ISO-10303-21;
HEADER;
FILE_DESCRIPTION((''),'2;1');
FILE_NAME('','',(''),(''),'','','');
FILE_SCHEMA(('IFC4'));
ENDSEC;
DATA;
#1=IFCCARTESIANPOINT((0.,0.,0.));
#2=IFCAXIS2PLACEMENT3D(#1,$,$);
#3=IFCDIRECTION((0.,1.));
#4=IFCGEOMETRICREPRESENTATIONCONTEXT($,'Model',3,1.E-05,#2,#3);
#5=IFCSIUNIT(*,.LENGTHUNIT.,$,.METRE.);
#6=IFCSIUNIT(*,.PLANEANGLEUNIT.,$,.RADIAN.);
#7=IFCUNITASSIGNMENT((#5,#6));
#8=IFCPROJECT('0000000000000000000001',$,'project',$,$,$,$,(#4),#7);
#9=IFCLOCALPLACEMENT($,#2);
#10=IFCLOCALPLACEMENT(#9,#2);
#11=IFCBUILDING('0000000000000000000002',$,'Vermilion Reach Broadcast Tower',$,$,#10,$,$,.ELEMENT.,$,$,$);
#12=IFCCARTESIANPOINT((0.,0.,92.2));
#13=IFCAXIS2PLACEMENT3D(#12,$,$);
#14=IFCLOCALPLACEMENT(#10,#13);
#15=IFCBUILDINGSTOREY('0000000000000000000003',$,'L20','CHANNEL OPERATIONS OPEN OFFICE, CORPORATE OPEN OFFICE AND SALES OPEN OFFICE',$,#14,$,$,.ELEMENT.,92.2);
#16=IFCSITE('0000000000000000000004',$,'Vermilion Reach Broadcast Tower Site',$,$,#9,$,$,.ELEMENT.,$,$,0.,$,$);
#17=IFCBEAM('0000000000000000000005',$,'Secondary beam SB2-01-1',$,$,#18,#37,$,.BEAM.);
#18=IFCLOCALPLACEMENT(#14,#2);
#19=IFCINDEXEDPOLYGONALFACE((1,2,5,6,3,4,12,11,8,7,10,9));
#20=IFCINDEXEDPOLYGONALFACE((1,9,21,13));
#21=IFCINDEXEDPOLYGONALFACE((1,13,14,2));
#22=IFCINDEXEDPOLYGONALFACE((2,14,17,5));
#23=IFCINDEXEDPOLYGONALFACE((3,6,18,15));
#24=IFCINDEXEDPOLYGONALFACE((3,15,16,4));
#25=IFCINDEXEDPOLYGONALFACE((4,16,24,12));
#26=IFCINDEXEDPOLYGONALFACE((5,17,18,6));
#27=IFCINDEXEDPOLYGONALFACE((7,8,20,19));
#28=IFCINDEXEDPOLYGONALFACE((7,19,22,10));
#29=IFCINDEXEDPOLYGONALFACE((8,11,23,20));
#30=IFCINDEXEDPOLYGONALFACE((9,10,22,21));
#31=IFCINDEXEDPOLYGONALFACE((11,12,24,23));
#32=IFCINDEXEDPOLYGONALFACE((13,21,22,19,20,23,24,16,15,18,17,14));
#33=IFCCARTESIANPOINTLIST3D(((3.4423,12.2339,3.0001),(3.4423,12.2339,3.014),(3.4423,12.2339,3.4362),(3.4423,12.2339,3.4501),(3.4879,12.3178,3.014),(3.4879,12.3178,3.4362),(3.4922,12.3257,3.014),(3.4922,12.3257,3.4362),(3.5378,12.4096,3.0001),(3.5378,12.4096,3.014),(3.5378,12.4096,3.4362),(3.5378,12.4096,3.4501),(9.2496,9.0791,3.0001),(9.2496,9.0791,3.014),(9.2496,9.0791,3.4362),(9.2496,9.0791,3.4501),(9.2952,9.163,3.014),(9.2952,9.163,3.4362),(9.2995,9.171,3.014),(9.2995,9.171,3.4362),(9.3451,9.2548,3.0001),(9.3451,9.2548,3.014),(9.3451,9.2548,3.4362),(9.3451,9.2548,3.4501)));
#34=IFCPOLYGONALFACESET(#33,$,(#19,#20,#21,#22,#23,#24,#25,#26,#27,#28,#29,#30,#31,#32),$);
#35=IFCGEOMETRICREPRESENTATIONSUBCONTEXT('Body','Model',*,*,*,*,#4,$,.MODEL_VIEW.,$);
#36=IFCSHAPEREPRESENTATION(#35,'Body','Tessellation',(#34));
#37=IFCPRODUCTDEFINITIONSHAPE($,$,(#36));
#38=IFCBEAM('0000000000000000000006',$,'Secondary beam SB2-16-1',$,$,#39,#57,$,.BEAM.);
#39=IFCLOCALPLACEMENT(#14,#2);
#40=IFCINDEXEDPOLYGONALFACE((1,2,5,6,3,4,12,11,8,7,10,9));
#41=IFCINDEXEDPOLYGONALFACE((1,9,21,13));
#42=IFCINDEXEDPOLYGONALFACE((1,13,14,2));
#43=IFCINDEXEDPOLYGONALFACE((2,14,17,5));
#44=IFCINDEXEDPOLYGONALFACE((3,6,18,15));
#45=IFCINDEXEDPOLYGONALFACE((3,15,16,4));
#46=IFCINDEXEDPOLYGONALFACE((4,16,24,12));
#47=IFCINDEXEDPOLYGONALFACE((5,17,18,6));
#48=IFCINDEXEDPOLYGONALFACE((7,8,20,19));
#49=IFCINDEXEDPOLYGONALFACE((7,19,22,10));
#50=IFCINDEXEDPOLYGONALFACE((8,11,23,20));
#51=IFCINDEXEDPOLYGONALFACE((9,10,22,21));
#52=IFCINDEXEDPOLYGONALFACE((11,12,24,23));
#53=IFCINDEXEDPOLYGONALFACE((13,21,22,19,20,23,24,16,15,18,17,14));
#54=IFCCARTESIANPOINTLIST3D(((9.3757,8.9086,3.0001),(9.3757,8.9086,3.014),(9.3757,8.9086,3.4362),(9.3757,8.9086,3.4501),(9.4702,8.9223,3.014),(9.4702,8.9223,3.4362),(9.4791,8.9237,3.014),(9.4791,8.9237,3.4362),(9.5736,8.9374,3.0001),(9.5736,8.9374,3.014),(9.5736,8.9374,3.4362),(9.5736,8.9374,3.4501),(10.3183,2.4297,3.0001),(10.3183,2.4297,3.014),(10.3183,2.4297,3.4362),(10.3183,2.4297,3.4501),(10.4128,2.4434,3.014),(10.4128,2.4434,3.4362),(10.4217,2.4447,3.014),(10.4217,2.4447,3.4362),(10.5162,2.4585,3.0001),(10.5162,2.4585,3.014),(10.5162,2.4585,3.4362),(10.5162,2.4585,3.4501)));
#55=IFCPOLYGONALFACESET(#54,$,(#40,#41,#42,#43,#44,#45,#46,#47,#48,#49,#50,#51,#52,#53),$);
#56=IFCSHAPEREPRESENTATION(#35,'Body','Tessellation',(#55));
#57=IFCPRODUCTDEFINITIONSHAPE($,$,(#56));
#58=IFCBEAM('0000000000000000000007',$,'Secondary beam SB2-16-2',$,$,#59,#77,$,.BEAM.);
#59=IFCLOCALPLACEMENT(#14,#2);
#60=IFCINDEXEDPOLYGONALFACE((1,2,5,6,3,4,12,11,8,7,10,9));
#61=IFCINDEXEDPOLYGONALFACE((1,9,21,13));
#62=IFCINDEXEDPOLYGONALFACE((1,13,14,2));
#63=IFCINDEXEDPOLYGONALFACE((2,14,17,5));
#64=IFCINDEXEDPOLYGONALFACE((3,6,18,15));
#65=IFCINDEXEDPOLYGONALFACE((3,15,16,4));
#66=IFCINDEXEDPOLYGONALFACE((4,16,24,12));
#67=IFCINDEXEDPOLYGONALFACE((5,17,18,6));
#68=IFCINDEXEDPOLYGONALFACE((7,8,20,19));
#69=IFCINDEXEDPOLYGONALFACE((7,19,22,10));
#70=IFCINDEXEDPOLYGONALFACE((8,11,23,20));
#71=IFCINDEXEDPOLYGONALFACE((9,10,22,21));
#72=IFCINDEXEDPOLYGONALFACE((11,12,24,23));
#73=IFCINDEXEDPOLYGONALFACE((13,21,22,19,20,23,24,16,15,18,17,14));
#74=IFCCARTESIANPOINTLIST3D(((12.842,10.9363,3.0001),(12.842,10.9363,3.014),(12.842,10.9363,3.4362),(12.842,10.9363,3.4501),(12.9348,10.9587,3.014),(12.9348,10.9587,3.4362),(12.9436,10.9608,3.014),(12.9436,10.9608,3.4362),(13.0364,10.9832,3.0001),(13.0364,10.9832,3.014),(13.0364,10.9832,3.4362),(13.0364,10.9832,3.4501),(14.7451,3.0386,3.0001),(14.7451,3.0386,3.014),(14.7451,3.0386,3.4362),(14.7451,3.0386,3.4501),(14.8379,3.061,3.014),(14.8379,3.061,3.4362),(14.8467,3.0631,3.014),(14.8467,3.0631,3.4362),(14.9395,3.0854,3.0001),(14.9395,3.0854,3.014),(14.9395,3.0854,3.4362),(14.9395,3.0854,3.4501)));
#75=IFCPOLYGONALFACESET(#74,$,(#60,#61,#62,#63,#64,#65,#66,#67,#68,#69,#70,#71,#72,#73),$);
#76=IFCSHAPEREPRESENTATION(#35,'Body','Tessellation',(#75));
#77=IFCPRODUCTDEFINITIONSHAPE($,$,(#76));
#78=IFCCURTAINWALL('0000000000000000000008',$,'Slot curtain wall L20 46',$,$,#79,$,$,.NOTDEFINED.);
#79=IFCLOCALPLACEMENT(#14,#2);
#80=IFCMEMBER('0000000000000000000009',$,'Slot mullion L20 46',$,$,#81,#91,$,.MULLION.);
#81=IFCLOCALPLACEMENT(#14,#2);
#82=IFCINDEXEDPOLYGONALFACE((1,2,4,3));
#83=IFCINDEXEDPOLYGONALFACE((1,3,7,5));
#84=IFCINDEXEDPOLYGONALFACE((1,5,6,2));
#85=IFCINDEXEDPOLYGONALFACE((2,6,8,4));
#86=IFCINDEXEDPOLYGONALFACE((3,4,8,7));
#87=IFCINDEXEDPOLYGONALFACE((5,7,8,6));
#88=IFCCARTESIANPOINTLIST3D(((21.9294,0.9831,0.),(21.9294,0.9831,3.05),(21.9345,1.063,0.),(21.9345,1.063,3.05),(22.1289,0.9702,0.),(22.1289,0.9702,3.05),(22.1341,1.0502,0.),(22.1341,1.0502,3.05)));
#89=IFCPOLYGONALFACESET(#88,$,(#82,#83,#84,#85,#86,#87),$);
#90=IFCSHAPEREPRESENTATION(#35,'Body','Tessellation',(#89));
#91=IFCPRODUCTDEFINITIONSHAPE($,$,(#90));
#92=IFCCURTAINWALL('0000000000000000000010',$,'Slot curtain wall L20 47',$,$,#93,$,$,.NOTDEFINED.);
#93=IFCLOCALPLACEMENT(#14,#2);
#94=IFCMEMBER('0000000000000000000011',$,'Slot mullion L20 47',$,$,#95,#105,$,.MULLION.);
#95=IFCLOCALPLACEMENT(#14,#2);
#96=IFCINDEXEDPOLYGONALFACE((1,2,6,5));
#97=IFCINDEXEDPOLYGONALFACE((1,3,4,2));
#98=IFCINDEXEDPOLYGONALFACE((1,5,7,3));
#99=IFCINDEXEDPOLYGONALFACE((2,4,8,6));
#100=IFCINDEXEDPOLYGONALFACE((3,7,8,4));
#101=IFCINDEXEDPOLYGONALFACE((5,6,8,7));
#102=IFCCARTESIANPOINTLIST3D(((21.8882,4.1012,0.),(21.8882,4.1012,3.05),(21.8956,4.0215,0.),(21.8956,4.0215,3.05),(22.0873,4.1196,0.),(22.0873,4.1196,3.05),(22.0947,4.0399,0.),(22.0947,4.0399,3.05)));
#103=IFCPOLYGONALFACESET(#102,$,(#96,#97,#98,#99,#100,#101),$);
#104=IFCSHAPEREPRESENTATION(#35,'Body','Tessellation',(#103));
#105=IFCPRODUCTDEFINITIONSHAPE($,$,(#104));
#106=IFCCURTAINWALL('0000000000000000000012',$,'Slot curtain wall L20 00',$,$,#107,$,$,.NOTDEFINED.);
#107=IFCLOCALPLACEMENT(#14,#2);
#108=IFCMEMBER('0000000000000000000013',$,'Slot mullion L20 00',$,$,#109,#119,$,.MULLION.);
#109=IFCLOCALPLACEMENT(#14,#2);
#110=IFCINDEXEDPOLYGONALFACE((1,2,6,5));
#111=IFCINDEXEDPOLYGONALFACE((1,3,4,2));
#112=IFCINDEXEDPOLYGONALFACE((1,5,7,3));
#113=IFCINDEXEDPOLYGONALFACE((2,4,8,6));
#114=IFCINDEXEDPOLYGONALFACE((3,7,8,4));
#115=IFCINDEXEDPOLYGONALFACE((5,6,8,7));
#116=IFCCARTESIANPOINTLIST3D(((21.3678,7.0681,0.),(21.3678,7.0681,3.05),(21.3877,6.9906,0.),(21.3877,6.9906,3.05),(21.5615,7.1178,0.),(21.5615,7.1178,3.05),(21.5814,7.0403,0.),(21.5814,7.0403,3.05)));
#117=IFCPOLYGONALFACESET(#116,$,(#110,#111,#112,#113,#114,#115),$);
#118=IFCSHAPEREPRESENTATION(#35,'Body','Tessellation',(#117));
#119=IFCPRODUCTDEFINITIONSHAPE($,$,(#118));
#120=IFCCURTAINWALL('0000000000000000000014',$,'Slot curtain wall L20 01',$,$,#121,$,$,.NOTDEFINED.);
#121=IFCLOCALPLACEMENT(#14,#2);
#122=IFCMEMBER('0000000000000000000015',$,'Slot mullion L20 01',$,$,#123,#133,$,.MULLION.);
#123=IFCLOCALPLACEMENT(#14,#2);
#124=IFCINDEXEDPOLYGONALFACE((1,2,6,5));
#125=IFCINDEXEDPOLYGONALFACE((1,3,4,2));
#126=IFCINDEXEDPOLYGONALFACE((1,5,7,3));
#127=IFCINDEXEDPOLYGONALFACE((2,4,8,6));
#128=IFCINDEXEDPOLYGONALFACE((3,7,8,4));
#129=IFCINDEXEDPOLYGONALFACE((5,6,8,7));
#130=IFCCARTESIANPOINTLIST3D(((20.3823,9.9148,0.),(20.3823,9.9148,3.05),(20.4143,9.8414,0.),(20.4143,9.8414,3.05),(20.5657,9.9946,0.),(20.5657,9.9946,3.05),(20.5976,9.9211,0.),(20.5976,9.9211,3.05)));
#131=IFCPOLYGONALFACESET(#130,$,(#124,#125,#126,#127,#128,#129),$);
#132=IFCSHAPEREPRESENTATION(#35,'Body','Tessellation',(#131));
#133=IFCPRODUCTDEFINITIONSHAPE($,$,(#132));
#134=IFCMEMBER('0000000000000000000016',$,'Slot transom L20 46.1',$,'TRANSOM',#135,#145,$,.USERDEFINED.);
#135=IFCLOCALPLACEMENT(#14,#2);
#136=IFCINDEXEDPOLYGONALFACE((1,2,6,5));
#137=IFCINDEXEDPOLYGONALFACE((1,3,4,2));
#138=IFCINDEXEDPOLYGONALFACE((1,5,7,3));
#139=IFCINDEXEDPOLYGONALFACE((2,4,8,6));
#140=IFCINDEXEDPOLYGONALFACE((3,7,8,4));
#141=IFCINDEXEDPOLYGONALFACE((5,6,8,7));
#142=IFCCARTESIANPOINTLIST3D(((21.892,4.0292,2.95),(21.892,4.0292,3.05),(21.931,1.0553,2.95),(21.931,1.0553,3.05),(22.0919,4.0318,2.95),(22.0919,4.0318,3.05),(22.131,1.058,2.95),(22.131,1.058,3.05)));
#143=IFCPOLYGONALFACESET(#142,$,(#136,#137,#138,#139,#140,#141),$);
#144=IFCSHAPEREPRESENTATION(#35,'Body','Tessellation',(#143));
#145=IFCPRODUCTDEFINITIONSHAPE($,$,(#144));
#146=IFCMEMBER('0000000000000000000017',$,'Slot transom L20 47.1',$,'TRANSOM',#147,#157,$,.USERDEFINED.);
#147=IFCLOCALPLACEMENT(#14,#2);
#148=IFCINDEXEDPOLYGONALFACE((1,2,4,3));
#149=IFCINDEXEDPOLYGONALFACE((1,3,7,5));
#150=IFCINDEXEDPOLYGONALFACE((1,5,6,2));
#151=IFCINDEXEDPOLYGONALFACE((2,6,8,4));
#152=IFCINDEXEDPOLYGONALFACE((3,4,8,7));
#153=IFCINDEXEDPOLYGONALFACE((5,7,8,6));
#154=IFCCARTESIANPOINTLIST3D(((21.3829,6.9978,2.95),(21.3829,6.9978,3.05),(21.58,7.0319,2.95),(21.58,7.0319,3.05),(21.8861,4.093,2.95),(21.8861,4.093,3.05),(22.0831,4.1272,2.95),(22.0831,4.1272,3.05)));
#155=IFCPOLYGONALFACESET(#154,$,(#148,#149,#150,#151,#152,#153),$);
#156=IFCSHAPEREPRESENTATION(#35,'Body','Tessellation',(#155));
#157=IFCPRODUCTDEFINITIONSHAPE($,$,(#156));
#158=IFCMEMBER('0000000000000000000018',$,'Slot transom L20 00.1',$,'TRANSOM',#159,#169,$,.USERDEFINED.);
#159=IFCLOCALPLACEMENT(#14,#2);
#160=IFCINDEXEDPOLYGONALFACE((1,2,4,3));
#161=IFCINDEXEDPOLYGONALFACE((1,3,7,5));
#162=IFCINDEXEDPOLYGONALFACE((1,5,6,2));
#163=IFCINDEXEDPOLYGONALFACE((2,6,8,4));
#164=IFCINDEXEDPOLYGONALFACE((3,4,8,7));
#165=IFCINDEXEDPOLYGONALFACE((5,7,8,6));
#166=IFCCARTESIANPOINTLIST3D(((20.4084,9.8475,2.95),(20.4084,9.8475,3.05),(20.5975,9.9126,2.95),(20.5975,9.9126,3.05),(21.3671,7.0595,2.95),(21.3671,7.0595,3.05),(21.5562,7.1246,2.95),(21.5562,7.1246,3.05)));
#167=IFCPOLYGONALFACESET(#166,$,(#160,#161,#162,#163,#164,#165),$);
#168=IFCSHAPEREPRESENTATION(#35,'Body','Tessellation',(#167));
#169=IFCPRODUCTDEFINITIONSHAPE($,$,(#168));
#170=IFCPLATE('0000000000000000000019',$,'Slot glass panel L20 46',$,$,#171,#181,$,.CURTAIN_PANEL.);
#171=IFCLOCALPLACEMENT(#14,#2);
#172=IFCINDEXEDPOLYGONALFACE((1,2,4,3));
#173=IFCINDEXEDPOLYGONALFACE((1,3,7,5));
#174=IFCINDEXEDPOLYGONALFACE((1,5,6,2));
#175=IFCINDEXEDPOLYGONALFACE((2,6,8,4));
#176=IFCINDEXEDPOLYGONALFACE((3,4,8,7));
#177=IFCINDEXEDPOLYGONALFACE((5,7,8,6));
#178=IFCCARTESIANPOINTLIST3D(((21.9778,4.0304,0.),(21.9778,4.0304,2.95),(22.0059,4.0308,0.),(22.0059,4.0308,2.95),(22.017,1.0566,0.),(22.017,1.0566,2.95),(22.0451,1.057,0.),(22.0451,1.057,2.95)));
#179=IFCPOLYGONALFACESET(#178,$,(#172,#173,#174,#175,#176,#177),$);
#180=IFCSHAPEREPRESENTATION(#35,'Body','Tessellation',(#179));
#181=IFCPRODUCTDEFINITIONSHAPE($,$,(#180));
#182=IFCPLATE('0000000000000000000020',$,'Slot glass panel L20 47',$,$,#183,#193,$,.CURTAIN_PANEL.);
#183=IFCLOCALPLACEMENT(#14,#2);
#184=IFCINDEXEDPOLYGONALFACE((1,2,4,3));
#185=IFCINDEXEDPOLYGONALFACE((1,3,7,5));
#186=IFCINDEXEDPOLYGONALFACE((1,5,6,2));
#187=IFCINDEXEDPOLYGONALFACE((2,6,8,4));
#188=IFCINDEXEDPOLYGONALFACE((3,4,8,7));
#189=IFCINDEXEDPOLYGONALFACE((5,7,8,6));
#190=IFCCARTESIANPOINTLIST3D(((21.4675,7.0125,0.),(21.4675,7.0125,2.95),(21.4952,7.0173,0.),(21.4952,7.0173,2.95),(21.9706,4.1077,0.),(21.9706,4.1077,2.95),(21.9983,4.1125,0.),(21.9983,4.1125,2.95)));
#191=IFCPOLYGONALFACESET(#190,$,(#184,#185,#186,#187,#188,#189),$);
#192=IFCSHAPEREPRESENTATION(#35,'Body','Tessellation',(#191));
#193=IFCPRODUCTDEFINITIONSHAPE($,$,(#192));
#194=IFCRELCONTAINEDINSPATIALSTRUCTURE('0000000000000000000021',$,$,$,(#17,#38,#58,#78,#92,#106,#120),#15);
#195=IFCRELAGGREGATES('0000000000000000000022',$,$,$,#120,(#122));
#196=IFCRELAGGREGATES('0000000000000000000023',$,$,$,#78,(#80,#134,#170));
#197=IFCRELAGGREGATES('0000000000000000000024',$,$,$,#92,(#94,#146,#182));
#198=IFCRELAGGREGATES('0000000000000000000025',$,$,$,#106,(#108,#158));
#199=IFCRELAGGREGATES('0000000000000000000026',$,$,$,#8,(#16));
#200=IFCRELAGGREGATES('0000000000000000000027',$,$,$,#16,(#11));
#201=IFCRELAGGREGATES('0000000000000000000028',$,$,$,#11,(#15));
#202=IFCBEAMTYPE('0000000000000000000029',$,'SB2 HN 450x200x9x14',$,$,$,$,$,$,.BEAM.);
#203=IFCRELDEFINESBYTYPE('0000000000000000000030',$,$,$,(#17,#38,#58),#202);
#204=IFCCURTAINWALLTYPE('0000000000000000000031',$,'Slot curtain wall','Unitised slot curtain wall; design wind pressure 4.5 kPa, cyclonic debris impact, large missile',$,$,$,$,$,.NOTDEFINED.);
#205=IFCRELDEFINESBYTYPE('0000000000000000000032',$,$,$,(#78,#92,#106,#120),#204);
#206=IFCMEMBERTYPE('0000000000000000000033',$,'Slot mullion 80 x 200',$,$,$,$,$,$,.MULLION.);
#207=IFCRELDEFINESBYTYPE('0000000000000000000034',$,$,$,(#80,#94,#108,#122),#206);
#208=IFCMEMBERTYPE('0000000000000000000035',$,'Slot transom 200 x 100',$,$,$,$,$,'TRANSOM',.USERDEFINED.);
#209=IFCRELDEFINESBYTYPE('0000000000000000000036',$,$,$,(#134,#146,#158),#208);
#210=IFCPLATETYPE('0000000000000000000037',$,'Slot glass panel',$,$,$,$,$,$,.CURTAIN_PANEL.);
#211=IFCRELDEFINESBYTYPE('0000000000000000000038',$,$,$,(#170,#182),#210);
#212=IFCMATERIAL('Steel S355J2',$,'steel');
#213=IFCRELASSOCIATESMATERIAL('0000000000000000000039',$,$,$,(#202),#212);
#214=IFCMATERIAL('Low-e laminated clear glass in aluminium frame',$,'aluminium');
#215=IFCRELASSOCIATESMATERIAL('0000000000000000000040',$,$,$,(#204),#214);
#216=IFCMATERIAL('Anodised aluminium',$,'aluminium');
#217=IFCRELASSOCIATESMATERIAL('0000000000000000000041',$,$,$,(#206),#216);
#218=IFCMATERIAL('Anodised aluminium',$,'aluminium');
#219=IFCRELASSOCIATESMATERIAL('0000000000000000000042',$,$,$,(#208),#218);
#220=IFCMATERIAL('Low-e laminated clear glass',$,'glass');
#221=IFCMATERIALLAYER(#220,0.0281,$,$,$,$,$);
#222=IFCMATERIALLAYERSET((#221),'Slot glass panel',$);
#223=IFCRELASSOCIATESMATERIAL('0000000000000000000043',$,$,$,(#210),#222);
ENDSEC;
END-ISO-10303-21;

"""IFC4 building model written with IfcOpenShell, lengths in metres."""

from ifc_helpers import new_model, si_unit, direction, frame, origin, origin_2d, place, context, subcontext, project, spatial, rectangle, i_section, extrude, material, layer, layer_set, material_profile, profile_set, type_object, element, aggregate, save


model = new_model("IFC4")

# Units and contexts
model_context = context("Model", 3, precision=1e-05, world=origin(), true_north=direction((0.0, 1.0)))
body_context = subcontext(model_context, "Body", "Model", "MODEL_VIEW")
ifc_project = project(units=[si_unit("LENGTHUNIT", "METRE"), si_unit("PLANEANGLEUNIT", "RADIAN")], contexts=[model_context])

# Site, building, storey
site_placement = place(None, origin())
site = spatial("IfcSite", under=ifc_project, at=site_placement, Name="Vermilion Reach Broadcast Tower Site", CompositionType="ELEMENT", RefElevation=0.0)
building_placement = place(site_placement, origin())
building = spatial("IfcBuilding", under=site, at=building_placement, Name="Vermilion Reach Broadcast Tower", CompositionType="ELEMENT")
storey_placement = place(building_placement, frame((0.0, 0.0, 92.2)))
storey = spatial("IfcBuildingStorey", under=building, at=storey_placement, Name="L20", Description="CHANNEL OPERATIONS OPEN OFFICE, CORPORATE OPEN OFFICE AND SALES OPEN OFFICE", CompositionType="ELEMENT", Elevation=92.2)

# Beams
ifc_material_1 = material(Name="Steel S355J2", Category="steel")
ifc_material_profile_1 = material_profile(ifc_material_1, i_section(OverallWidth=0.2, OverallDepth=0.45, WebThickness=0.009, FlangeThickness=0.0139, at=origin_2d()), Name="S355J2 HN 450x200x9x14")
ifc_profile_set_1 = profile_set([ifc_material_profile_1], Name="Steel S355J2")
beam_type_1 = type_object("IfcBeamType", Name="SB2 HN 450x200x9x14", PredefinedType="BEAM", material=ifc_profile_set_1)
beam_1_placement = place(storey_placement, frame((9.2974, 9.167, 3.2251), z_axis=(-0.878713, 0.47735, 0.0), x_axis=(-0.47735, -0.878713, 0.0)))
element("IfcBeam", 1, at=beam_1_placement, inside=storey, type_object=beam_type_1, Name="Secondary beam SB2-01-1", PredefinedType="BEAM", context=body_context, shape_type="SweptSolid", body=[
    extrude(i_section(OverallWidth=0.2, OverallDepth=0.45, WebThickness=0.009, FlangeThickness=0.0139, at=origin_2d()), origin(), (0.0, 0.0, 1.0), 6.6089),
])
beam_2_placement = place(storey_placement, frame((10.4172, 2.4441, 3.2251), z_axis=(-0.143974, 0.989582, 0.0), x_axis=(-0.989582, -0.143974, 0.0)))
element("IfcBeam", 2, at=beam_2_placement, inside=storey, type_object=beam_type_1, Name="Secondary beam SB2-16-1", PredefinedType="BEAM", context=body_context, shape_type="SweptSolid", body=[
    extrude(i_section(OverallWidth=0.2, OverallDepth=0.45, WebThickness=0.009, FlangeThickness=0.0139, at=origin_2d()), origin(), (0.0, 0.0, 1.0), 6.5471),
])
beam_3_placement = place(storey_placement, frame((14.8423, 3.062, 3.2251), z_axis=(-0.234261, 0.972174, 0.0), x_axis=(-0.972174, -0.234261, 0.0)))
element("IfcBeam", 3, at=beam_3_placement, inside=storey, type_object=beam_type_1, Name="Secondary beam SB2-16-2", PredefinedType="BEAM", context=body_context, shape_type="SweptSolid", body=[
    extrude(i_section(OverallWidth=0.2, OverallDepth=0.45, WebThickness=0.009, FlangeThickness=0.0139, at=origin_2d()), origin(), (0.0, 0.0, 1.0), 8.1238),
])

# Curtain walls, members
ifc_material_2 = material(Name="Low-e laminated clear glass in aluminium frame", Category="aluminium")
curtain_wall_type = type_object("IfcCurtainWallType", Name="Slot curtain wall", Description="Unitised slot curtain wall; design wind pressure 4.5 kPa, cyclonic debris impact, large missile", PredefinedType="NOTDEFINED", material=ifc_material_2)
placement = place(storey_placement, origin())
curtain_wall_1 = element("IfcCurtainWall", 4, at=placement, inside=storey, type_object=curtain_wall_type, Name="Slot curtain wall L20 46", PredefinedType="NOTDEFINED")
ifc_material_3 = material(Name="Anodised aluminium", Category="aluminium")
ifc_material_profile_2 = material_profile(ifc_material_3, rectangle(XDim=0.2, YDim=0.0801, at=origin_2d()), Name="Slot mullion 80 x 200")
ifc_profile_set_2 = profile_set([ifc_material_profile_2], Name="Anodised aluminium")
member_type_1 = type_object("IfcMemberType", Name="Slot mullion 80 x 200", PredefinedType="MULLION", material=ifc_profile_set_2)
member_1_placement = place(storey_placement, frame((22.0317, 1.0166, 0.0), z_axis=(0.0, 0.0, 1.0), x_axis=(-0.997945, 0.06407, 0.0)))
member_1 = element("IfcMember", 5, at=member_1_placement, type_object=member_type_1, Name="Slot mullion L20 46", PredefinedType="MULLION", context=body_context, shape_type="SweptSolid", body=[
    extrude(rectangle(XDim=0.2, YDim=0.0801, at=origin_2d()), origin(), (0.0, 0.0, 1.0), 3.05),
])
curtain_wall_2 = element("IfcCurtainWall", 6, at=placement, inside=storey, type_object=curtain_wall_type, Name="Slot curtain wall L20 47", PredefinedType="NOTDEFINED")
member_2_placement = place(storey_placement, frame((21.9915, 4.0706, 0.0), z_axis=(0.0, 0.0, 1.0), x_axis=(-0.995739, -0.092216, 0.0)))
member_2 = element("IfcMember", 7, at=member_2_placement, type_object=member_type_1, Name="Slot mullion L20 47", PredefinedType="MULLION", context=body_context, shape_type="SweptSolid", body=[
    extrude(rectangle(XDim=0.2, YDim=0.0801, at=origin_2d()), origin(), (0.0, 0.0, 1.0), 3.05),
])
curtain_wall_3 = element("IfcCurtainWall", 8, at=placement, inside=storey, type_object=curtain_wall_type, Name="Slot curtain wall L20 00", PredefinedType="NOTDEFINED")
member_3_placement = place(storey_placement, frame((21.4746, 7.0542, 0.0), z_axis=(0.0, 0.0, 1.0), x_axis=(-0.968583, -0.24869, 0.0)))
member_3 = element("IfcMember", 9, at=member_3_placement, type_object=member_type_1, Name="Slot mullion L20 00", PredefinedType="MULLION", context=body_context, shape_type="SweptSolid", body=[
    extrude(rectangle(XDim=0.2, YDim=0.0801, at=origin_2d()), origin(), (0.0, 0.0, 1.0), 3.05),
])
curtain_wall_4 = element("IfcCurtainWall", 10, at=placement, inside=storey, type_object=curtain_wall_type, Name="Slot curtain wall L20 01", PredefinedType="NOTDEFINED")
member_4_placement = place(storey_placement, frame((20.49, 9.918, 0.0), z_axis=(0.0, 0.0, 1.0), x_axis=(-0.916998, -0.398891, 0.0)))
member_4 = element("IfcMember", 11, at=member_4_placement, type_object=member_type_1, Name="Slot mullion L20 01", PredefinedType="MULLION", context=body_context, shape_type="SweptSolid", body=[
    extrude(rectangle(XDim=0.2, YDim=0.0801, at=origin_2d()), origin(), (0.0, 0.0, 1.0), 3.05),
])
aggregate(curtain_wall_4, [member_4])

# Members
ifc_material_4 = material(Name="Anodised aluminium", Category="aluminium")
ifc_material_profile_3 = material_profile(ifc_material_4, rectangle(XDim=0.2, YDim=0.1001, at=origin_2d()), Name="Slot transom 200 x 100")
ifc_profile_set_3 = profile_set([ifc_material_profile_3], Name="Anodised aluminium")
member_type_2 = type_object("IfcMemberType", Name="Slot transom 200 x 100", ElementType="TRANSOM", PredefinedType="USERDEFINED", material=ifc_profile_set_3)
member_5_placement = place(storey_placement, frame((22.031, 1.0566, 3.0), z_axis=(-0.013134, 0.999914, 0.0), x_axis=(-0.999914, -0.013134, 0.0)))
member_5 = element("IfcMember", 12, at=member_5_placement, type_object=member_type_2, Name="Slot transom L20 46.1", ObjectType="TRANSOM", PredefinedType="USERDEFINED", context=body_context, shape_type="SweptSolid", body=[
    extrude(rectangle(XDim=0.2, YDim=0.1001, at=origin_2d()), origin(), (0.0, 0.0, 1.0), 2.9741),
])
member_6_placement = place(storey_placement, frame((21.9846, 4.1101, 3.0), z_axis=(-0.170681, 0.985326, 0.0), x_axis=(-0.985326, -0.170681, 0.0)))
member_6 = element("IfcMember", 13, at=member_6_placement, type_object=member_type_2, Name="Slot transom L20 47.1", ObjectType="TRANSOM", PredefinedType="USERDEFINED", context=body_context, shape_type="SweptSolid", body=[
    extrude(rectangle(XDim=0.2, YDim=0.1001, at=origin_2d()), origin(), (0.0, 0.0, 1.0), 2.948),
])
member_7_placement = place(storey_placement, frame((21.4617, 7.092, 3.0), z_axis=(-0.325182, 0.945652, 0.0), x_axis=(-0.945652, -0.325182, 0.0)))
member_7 = element("IfcMember", 14, at=member_7_placement, type_object=member_type_2, Name="Slot transom L20 00.1", ObjectType="TRANSOM", PredefinedType="USERDEFINED", context=body_context, shape_type="SweptSolid", body=[
    extrude(rectangle(XDim=0.2, YDim=0.1001, at=origin_2d()), origin(), (0.0, 0.0, 1.0), 2.9482),
])

# Plates
ifc_material_5 = material(Name="Low-e laminated clear glass", Category="glass")
ifc_layer_1 = layer(ifc_material_5, 0.0281)
ifc_layer_set_1 = layer_set([ifc_layer_1], Name="Slot glass panel")
plate_type = type_object("IfcPlateType", Name="Slot glass panel", PredefinedType="CURTAIN_PANEL", material=ifc_layer_set_1)
plate_1_placement = place(storey_placement, frame((22.0115, 2.5437, 0.0), z_axis=(0.0, 0.0, 1.0), x_axis=(-0.013185, 0.999913, 0.0)))
plate_1 = element("IfcPlate", 15, at=plate_1_placement, type_object=plate_type, Name="Slot glass panel L20 46", PredefinedType="CURTAIN_PANEL", context=body_context, shape_type="SweptSolid", body=[
    extrude(rectangle(XDim=2.9741, YDim=0.0281, at=origin_2d()), origin(), (0.0, 0.0, 1.0), 2.95),
])
aggregate(curtain_wall_1, [member_1, member_5, plate_1])
plate_2_placement = place(storey_placement, frame((21.7329, 5.5625, 0.0), z_axis=(0.0, 0.0, 1.0), x_axis=(-0.17067, 0.985328, 0.0)))
plate_2 = element("IfcPlate", 16, at=plate_2_placement, type_object=plate_type, Name="Slot glass panel L20 47", PredefinedType="CURTAIN_PANEL", context=body_context, shape_type="SweptSolid", body=[
    extrude(rectangle(XDim=2.948, YDim=0.0281, at=origin_2d()), origin(), (0.0, 0.0, 1.0), 2.95),
])
aggregate(curtain_wall_2, [member_2, member_6, plate_2])
aggregate(curtain_wall_3, [member_3, member_7])

save(model, "model.ifc")
